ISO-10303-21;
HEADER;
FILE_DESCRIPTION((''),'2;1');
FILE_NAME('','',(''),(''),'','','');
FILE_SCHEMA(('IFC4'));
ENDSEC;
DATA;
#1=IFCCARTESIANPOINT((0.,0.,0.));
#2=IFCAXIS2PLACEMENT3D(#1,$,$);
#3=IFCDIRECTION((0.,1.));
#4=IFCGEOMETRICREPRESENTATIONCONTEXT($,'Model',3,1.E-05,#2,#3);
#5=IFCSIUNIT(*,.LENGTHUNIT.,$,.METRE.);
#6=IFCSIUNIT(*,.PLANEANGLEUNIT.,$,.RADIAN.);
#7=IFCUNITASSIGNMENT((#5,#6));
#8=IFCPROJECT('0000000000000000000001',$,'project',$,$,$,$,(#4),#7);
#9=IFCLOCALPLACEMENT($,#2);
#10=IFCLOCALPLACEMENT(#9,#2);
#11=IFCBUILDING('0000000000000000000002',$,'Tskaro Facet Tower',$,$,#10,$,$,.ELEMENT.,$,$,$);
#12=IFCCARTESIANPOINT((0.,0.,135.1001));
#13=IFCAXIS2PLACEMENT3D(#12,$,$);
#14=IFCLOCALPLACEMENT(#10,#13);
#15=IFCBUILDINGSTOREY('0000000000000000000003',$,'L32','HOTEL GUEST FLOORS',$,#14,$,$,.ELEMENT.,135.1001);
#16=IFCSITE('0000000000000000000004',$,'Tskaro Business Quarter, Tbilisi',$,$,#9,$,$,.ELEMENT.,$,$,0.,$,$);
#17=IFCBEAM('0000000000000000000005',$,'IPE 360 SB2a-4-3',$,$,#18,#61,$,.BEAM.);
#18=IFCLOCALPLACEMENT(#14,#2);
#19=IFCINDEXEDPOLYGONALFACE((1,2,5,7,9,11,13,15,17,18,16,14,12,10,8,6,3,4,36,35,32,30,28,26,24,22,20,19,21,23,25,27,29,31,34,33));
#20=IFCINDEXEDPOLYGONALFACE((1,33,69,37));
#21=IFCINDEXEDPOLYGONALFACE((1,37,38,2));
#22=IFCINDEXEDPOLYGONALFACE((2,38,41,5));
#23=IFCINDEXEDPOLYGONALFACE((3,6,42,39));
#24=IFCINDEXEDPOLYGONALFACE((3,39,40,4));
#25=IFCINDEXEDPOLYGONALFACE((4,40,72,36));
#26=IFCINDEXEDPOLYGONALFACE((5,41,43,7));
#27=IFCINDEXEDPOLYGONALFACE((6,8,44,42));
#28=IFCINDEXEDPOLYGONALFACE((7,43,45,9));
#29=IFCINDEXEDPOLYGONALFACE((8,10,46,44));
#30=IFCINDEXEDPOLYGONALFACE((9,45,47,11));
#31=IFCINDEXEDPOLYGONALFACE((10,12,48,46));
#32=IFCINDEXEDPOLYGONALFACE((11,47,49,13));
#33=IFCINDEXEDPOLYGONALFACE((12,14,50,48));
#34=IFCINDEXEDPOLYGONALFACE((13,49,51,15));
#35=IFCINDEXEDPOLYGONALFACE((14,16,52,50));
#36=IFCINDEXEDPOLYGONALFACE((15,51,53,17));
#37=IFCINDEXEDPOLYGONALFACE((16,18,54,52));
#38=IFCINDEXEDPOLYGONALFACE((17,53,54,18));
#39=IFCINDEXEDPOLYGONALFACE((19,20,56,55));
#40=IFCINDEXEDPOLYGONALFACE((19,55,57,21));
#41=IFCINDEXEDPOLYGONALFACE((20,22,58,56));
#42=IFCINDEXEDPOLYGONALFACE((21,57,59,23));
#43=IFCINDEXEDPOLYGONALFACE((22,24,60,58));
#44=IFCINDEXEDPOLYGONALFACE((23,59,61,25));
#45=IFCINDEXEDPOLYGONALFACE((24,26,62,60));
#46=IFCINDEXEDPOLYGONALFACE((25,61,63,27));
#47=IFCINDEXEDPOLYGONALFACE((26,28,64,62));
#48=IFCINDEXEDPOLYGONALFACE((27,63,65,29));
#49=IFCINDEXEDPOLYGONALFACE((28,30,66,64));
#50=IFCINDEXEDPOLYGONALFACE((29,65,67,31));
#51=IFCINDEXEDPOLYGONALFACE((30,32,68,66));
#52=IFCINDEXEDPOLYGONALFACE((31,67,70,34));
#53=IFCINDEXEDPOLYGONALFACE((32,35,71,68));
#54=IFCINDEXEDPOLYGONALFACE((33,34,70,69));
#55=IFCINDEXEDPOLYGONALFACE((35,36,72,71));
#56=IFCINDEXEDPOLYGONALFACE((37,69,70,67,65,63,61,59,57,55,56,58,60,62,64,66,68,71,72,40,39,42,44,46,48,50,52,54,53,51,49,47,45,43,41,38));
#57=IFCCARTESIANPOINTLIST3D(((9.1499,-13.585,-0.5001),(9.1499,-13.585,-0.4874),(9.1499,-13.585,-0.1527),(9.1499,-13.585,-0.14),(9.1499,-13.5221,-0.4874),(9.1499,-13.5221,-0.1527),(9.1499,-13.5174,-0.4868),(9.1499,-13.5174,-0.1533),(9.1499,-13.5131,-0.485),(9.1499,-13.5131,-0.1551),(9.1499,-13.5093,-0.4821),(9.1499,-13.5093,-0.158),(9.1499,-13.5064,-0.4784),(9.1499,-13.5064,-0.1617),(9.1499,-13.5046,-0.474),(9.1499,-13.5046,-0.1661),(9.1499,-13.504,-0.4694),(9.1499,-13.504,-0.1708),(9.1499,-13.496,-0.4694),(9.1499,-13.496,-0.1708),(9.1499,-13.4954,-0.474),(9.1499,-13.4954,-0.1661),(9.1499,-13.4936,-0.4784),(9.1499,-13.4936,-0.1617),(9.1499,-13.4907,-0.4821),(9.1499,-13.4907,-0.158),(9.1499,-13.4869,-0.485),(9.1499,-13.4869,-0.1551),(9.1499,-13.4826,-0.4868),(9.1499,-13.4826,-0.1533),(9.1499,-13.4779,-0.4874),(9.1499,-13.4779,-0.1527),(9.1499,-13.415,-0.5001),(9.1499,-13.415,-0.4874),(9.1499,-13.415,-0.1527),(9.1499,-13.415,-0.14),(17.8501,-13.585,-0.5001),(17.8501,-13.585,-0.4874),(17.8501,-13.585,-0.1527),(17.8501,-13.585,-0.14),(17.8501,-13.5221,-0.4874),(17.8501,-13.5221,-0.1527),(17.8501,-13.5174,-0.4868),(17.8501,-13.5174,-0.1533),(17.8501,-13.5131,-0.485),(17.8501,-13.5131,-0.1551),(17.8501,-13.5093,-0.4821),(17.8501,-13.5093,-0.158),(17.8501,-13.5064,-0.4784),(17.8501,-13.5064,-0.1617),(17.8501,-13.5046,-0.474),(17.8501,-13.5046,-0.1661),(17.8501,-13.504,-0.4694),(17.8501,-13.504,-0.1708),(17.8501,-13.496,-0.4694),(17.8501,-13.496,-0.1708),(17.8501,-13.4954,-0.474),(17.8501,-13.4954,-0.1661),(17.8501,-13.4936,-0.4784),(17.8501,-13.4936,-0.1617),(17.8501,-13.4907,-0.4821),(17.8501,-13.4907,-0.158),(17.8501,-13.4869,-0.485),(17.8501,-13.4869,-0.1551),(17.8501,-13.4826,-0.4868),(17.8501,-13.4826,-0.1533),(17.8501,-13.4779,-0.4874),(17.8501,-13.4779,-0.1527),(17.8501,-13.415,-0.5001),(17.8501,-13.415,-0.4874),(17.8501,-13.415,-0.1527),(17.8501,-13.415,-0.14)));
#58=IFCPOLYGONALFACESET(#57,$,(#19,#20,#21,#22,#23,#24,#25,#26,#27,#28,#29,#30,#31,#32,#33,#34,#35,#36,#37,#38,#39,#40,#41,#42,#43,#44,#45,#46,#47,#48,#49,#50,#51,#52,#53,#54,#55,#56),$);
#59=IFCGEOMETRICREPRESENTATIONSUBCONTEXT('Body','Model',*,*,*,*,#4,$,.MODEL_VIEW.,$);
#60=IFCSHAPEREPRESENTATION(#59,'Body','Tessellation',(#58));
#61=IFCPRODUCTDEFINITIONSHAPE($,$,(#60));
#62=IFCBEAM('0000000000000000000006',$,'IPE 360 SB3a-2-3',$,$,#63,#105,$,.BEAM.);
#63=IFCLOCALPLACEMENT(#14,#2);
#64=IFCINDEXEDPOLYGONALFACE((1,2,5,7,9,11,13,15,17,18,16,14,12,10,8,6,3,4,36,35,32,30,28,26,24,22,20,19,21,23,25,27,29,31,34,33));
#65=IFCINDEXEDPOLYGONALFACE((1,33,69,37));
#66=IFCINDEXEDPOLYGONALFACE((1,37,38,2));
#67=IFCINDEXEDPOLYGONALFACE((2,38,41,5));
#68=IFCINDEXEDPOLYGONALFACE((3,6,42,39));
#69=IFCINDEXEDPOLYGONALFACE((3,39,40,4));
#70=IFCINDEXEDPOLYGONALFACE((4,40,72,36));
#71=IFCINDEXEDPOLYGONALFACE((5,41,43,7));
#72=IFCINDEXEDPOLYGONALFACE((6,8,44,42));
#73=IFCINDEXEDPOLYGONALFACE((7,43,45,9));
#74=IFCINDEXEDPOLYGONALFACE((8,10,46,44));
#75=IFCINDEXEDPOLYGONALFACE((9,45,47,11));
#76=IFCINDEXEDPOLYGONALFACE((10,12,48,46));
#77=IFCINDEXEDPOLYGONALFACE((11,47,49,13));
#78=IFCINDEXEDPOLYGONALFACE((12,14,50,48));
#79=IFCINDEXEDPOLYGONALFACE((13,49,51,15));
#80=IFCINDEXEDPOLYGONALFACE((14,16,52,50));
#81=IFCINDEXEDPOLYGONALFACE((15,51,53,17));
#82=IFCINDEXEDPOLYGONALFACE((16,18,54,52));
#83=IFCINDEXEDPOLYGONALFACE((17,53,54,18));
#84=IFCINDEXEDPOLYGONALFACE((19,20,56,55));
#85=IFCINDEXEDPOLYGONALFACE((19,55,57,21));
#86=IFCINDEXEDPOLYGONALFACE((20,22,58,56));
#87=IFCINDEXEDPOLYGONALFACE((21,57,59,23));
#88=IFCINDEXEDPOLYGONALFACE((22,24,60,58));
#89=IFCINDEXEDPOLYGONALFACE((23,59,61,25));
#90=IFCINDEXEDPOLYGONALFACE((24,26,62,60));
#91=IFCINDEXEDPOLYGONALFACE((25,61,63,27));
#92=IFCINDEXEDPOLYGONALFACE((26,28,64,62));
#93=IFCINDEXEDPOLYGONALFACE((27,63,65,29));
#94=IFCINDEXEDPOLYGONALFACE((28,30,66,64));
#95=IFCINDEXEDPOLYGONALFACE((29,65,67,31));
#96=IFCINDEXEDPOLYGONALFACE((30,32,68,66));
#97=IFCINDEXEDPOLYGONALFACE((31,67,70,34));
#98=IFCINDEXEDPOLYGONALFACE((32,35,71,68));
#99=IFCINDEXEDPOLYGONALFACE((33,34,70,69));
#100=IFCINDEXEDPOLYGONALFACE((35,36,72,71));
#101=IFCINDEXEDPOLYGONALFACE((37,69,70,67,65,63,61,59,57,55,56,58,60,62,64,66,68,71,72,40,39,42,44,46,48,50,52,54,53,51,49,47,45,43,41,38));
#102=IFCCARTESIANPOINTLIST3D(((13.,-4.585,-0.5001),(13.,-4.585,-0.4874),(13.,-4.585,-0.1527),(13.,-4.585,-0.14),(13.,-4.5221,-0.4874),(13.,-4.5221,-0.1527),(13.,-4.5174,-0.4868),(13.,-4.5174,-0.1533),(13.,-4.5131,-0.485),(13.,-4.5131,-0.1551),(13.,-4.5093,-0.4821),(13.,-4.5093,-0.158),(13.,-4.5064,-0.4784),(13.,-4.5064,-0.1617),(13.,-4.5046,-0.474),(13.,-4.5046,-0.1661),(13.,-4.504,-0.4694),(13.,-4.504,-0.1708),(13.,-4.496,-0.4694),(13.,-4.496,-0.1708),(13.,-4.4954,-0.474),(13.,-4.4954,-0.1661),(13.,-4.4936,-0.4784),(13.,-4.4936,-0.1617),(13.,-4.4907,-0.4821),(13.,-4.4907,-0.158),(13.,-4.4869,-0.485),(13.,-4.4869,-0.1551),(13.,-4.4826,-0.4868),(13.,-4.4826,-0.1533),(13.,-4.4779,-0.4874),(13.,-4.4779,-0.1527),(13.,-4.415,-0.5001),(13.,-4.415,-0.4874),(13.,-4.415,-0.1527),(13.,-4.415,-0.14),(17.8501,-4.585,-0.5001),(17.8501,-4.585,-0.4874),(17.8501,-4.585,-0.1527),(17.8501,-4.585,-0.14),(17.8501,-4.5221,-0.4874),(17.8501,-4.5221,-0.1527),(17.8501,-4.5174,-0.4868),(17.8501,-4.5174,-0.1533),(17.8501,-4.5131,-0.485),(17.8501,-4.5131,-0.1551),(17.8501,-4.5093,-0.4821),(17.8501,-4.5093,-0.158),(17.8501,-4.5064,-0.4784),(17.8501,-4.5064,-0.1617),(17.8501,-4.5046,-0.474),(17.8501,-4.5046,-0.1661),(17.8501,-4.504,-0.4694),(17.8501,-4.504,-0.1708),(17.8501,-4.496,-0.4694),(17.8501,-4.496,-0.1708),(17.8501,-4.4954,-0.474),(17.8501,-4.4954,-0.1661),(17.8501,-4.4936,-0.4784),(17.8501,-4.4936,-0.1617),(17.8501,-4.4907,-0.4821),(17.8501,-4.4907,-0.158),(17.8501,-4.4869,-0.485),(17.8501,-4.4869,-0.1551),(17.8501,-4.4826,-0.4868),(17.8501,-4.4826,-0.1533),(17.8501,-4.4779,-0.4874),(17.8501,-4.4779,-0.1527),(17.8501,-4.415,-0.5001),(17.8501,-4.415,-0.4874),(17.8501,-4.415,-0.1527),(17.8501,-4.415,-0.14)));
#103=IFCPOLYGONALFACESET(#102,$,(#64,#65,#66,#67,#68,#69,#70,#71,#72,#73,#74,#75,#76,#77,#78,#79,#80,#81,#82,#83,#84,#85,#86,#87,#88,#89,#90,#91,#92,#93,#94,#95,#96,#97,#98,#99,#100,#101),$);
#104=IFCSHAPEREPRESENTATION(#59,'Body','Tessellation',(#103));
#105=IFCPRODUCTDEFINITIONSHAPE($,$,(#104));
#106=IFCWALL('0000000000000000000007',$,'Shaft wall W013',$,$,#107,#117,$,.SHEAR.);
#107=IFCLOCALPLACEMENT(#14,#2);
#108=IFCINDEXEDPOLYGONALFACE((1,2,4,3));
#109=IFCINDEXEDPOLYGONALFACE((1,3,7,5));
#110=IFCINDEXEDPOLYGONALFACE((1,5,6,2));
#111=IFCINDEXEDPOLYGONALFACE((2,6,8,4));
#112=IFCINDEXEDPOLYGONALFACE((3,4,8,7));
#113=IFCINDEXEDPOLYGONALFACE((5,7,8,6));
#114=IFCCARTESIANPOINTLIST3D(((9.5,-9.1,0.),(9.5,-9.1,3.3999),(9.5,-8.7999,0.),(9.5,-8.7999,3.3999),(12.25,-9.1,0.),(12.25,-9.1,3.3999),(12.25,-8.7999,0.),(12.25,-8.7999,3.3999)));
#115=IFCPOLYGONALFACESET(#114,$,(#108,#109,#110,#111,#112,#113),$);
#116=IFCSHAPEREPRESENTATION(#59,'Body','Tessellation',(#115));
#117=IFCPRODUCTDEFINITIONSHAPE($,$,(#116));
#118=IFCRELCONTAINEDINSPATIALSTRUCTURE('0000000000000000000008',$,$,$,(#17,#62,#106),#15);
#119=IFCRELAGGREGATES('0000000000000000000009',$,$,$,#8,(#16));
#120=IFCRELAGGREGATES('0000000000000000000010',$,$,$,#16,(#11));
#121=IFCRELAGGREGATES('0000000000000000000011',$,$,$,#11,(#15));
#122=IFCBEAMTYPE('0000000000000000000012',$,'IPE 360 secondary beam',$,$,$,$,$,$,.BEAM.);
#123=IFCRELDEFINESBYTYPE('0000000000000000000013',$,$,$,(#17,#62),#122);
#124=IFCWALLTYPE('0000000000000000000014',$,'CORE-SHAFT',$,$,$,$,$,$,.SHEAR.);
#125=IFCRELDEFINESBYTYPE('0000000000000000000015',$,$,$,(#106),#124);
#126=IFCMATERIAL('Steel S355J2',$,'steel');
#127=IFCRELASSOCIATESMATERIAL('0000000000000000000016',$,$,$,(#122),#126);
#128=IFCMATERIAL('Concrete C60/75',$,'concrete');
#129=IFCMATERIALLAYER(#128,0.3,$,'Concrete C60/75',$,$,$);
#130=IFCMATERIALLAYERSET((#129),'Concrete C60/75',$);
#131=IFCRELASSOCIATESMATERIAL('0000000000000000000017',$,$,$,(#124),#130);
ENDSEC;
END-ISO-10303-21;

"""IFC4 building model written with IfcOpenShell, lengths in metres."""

from ifc_helpers import new_model, si_unit, direction, frame, frame_2d, origin, origin_2d, place, context, subcontext, project, spatial, rectangle, i_section, extrude, material, layer, layer_set, material_profile, profile_set, type_object, element, save


model = new_model("IFC4")

# Units and contexts
model_context = context("Model", 3, precision=1e-05, world=origin(), true_north=direction((0.0, 1.0)))
body_context = subcontext(model_context, "Body", "Model", "MODEL_VIEW")
ifc_project = project(units=[si_unit("LENGTHUNIT", "METRE"), si_unit("PLANEANGLEUNIT", "RADIAN")], contexts=[model_context])

# Site, building, storey
site_placement = place(None, origin())
site = spatial("IfcSite", under=ifc_project, at=site_placement, Name="Tskaro Business Quarter, Tbilisi", CompositionType="ELEMENT", RefElevation=0.0)
building_placement = place(site_placement, origin())
building = spatial("IfcBuilding", under=site, at=building_placement, Name="Tskaro Facet Tower", CompositionType="ELEMENT")
storey_placement = place(building_placement, frame((0.0, 0.0, 135.1001)))
storey = spatial("IfcBuildingStorey", under=building, at=storey_placement, Name="L32", Description="HOTEL GUEST FLOORS", CompositionType="ELEMENT", Elevation=135.1001)

# Beams
ifc_material_1 = material(Name="Steel S355J2", Category="steel")
ifc_material_profile = material_profile(ifc_material_1, i_section(OverallWidth=0.1699, OverallDepth=0.3601, WebThickness=0.0081, FlangeThickness=0.0127, FilletRadius=0.0181, at=origin_2d()), Name="IPE 360")
ifc_profile_set = profile_set([ifc_material_profile], Name="Steel S355J2")
beam_type = type_object("IfcBeamType", Name="IPE 360 secondary beam", PredefinedType="BEAM", material=ifc_profile_set)
beam_1_placement = place(storey_placement, frame((9.1499, -13.5, -0.3201), z_axis=(1.0, 0.0, 0.0), x_axis=(0.0, 1.0, 0.0)))
element("IfcBeam", 1, at=beam_1_placement, inside=storey, type_object=beam_type, Name="IPE 360 SB2a-4-3", PredefinedType="BEAM", context=body_context, shape_type="SweptSolid", body=[
    extrude(i_section(OverallWidth=0.1699, OverallDepth=0.3601, WebThickness=0.0081, FlangeThickness=0.0127, FilletRadius=0.0181, at=origin_2d()), origin(), (0.0, 0.0, 1.0), 8.7002),
])
beam_2_placement = place(storey_placement, frame((13.0, -4.5, -0.3201), z_axis=(1.0, 0.0, 0.0), x_axis=(0.0, 1.0, 0.0)))
element("IfcBeam", 2, at=beam_2_placement, inside=storey, type_object=beam_type, Name="IPE 360 SB3a-2-3", PredefinedType="BEAM", context=body_context, shape_type="SweptSolid", body=[
    extrude(i_section(OverallWidth=0.1699, OverallDepth=0.3601, WebThickness=0.0081, FlangeThickness=0.0127, FilletRadius=0.0181, at=origin_2d()), origin(), (0.0, 0.0, 1.0), 4.8501),
])

# Wall
ifc_material_2 = material(Name="Concrete C60/75", Category="concrete")
ifc_layer_1 = layer(ifc_material_2, 0.3, Name="Concrete C60/75")
ifc_layer_set_1 = layer_set([ifc_layer_1], Name="Concrete C60/75")
wall_type_1 = type_object("IfcWallType", Name="CORE-SHAFT", PredefinedType="SHEAR", material=ifc_layer_set_1)
wall_1_placement = place(storey_placement, frame((9.5, -8.95, 0.0), z_axis=(0.0, 0.0, 1.0), x_axis=(1.0, 0.0, 0.0)))
element("IfcWall", 3, at=wall_1_placement, inside=storey, type_object=wall_type_1, Name="Shaft wall W013", PredefinedType="SHEAR", context=body_context, shape_type="SweptSolid", body=[
    extrude(rectangle(XDim=2.75, YDim=0.3, at=frame_2d((1.375, 0.0))), origin(), (0.0, 0.0, 1.0), 3.3999),
])

save(model, "model.ifc")
